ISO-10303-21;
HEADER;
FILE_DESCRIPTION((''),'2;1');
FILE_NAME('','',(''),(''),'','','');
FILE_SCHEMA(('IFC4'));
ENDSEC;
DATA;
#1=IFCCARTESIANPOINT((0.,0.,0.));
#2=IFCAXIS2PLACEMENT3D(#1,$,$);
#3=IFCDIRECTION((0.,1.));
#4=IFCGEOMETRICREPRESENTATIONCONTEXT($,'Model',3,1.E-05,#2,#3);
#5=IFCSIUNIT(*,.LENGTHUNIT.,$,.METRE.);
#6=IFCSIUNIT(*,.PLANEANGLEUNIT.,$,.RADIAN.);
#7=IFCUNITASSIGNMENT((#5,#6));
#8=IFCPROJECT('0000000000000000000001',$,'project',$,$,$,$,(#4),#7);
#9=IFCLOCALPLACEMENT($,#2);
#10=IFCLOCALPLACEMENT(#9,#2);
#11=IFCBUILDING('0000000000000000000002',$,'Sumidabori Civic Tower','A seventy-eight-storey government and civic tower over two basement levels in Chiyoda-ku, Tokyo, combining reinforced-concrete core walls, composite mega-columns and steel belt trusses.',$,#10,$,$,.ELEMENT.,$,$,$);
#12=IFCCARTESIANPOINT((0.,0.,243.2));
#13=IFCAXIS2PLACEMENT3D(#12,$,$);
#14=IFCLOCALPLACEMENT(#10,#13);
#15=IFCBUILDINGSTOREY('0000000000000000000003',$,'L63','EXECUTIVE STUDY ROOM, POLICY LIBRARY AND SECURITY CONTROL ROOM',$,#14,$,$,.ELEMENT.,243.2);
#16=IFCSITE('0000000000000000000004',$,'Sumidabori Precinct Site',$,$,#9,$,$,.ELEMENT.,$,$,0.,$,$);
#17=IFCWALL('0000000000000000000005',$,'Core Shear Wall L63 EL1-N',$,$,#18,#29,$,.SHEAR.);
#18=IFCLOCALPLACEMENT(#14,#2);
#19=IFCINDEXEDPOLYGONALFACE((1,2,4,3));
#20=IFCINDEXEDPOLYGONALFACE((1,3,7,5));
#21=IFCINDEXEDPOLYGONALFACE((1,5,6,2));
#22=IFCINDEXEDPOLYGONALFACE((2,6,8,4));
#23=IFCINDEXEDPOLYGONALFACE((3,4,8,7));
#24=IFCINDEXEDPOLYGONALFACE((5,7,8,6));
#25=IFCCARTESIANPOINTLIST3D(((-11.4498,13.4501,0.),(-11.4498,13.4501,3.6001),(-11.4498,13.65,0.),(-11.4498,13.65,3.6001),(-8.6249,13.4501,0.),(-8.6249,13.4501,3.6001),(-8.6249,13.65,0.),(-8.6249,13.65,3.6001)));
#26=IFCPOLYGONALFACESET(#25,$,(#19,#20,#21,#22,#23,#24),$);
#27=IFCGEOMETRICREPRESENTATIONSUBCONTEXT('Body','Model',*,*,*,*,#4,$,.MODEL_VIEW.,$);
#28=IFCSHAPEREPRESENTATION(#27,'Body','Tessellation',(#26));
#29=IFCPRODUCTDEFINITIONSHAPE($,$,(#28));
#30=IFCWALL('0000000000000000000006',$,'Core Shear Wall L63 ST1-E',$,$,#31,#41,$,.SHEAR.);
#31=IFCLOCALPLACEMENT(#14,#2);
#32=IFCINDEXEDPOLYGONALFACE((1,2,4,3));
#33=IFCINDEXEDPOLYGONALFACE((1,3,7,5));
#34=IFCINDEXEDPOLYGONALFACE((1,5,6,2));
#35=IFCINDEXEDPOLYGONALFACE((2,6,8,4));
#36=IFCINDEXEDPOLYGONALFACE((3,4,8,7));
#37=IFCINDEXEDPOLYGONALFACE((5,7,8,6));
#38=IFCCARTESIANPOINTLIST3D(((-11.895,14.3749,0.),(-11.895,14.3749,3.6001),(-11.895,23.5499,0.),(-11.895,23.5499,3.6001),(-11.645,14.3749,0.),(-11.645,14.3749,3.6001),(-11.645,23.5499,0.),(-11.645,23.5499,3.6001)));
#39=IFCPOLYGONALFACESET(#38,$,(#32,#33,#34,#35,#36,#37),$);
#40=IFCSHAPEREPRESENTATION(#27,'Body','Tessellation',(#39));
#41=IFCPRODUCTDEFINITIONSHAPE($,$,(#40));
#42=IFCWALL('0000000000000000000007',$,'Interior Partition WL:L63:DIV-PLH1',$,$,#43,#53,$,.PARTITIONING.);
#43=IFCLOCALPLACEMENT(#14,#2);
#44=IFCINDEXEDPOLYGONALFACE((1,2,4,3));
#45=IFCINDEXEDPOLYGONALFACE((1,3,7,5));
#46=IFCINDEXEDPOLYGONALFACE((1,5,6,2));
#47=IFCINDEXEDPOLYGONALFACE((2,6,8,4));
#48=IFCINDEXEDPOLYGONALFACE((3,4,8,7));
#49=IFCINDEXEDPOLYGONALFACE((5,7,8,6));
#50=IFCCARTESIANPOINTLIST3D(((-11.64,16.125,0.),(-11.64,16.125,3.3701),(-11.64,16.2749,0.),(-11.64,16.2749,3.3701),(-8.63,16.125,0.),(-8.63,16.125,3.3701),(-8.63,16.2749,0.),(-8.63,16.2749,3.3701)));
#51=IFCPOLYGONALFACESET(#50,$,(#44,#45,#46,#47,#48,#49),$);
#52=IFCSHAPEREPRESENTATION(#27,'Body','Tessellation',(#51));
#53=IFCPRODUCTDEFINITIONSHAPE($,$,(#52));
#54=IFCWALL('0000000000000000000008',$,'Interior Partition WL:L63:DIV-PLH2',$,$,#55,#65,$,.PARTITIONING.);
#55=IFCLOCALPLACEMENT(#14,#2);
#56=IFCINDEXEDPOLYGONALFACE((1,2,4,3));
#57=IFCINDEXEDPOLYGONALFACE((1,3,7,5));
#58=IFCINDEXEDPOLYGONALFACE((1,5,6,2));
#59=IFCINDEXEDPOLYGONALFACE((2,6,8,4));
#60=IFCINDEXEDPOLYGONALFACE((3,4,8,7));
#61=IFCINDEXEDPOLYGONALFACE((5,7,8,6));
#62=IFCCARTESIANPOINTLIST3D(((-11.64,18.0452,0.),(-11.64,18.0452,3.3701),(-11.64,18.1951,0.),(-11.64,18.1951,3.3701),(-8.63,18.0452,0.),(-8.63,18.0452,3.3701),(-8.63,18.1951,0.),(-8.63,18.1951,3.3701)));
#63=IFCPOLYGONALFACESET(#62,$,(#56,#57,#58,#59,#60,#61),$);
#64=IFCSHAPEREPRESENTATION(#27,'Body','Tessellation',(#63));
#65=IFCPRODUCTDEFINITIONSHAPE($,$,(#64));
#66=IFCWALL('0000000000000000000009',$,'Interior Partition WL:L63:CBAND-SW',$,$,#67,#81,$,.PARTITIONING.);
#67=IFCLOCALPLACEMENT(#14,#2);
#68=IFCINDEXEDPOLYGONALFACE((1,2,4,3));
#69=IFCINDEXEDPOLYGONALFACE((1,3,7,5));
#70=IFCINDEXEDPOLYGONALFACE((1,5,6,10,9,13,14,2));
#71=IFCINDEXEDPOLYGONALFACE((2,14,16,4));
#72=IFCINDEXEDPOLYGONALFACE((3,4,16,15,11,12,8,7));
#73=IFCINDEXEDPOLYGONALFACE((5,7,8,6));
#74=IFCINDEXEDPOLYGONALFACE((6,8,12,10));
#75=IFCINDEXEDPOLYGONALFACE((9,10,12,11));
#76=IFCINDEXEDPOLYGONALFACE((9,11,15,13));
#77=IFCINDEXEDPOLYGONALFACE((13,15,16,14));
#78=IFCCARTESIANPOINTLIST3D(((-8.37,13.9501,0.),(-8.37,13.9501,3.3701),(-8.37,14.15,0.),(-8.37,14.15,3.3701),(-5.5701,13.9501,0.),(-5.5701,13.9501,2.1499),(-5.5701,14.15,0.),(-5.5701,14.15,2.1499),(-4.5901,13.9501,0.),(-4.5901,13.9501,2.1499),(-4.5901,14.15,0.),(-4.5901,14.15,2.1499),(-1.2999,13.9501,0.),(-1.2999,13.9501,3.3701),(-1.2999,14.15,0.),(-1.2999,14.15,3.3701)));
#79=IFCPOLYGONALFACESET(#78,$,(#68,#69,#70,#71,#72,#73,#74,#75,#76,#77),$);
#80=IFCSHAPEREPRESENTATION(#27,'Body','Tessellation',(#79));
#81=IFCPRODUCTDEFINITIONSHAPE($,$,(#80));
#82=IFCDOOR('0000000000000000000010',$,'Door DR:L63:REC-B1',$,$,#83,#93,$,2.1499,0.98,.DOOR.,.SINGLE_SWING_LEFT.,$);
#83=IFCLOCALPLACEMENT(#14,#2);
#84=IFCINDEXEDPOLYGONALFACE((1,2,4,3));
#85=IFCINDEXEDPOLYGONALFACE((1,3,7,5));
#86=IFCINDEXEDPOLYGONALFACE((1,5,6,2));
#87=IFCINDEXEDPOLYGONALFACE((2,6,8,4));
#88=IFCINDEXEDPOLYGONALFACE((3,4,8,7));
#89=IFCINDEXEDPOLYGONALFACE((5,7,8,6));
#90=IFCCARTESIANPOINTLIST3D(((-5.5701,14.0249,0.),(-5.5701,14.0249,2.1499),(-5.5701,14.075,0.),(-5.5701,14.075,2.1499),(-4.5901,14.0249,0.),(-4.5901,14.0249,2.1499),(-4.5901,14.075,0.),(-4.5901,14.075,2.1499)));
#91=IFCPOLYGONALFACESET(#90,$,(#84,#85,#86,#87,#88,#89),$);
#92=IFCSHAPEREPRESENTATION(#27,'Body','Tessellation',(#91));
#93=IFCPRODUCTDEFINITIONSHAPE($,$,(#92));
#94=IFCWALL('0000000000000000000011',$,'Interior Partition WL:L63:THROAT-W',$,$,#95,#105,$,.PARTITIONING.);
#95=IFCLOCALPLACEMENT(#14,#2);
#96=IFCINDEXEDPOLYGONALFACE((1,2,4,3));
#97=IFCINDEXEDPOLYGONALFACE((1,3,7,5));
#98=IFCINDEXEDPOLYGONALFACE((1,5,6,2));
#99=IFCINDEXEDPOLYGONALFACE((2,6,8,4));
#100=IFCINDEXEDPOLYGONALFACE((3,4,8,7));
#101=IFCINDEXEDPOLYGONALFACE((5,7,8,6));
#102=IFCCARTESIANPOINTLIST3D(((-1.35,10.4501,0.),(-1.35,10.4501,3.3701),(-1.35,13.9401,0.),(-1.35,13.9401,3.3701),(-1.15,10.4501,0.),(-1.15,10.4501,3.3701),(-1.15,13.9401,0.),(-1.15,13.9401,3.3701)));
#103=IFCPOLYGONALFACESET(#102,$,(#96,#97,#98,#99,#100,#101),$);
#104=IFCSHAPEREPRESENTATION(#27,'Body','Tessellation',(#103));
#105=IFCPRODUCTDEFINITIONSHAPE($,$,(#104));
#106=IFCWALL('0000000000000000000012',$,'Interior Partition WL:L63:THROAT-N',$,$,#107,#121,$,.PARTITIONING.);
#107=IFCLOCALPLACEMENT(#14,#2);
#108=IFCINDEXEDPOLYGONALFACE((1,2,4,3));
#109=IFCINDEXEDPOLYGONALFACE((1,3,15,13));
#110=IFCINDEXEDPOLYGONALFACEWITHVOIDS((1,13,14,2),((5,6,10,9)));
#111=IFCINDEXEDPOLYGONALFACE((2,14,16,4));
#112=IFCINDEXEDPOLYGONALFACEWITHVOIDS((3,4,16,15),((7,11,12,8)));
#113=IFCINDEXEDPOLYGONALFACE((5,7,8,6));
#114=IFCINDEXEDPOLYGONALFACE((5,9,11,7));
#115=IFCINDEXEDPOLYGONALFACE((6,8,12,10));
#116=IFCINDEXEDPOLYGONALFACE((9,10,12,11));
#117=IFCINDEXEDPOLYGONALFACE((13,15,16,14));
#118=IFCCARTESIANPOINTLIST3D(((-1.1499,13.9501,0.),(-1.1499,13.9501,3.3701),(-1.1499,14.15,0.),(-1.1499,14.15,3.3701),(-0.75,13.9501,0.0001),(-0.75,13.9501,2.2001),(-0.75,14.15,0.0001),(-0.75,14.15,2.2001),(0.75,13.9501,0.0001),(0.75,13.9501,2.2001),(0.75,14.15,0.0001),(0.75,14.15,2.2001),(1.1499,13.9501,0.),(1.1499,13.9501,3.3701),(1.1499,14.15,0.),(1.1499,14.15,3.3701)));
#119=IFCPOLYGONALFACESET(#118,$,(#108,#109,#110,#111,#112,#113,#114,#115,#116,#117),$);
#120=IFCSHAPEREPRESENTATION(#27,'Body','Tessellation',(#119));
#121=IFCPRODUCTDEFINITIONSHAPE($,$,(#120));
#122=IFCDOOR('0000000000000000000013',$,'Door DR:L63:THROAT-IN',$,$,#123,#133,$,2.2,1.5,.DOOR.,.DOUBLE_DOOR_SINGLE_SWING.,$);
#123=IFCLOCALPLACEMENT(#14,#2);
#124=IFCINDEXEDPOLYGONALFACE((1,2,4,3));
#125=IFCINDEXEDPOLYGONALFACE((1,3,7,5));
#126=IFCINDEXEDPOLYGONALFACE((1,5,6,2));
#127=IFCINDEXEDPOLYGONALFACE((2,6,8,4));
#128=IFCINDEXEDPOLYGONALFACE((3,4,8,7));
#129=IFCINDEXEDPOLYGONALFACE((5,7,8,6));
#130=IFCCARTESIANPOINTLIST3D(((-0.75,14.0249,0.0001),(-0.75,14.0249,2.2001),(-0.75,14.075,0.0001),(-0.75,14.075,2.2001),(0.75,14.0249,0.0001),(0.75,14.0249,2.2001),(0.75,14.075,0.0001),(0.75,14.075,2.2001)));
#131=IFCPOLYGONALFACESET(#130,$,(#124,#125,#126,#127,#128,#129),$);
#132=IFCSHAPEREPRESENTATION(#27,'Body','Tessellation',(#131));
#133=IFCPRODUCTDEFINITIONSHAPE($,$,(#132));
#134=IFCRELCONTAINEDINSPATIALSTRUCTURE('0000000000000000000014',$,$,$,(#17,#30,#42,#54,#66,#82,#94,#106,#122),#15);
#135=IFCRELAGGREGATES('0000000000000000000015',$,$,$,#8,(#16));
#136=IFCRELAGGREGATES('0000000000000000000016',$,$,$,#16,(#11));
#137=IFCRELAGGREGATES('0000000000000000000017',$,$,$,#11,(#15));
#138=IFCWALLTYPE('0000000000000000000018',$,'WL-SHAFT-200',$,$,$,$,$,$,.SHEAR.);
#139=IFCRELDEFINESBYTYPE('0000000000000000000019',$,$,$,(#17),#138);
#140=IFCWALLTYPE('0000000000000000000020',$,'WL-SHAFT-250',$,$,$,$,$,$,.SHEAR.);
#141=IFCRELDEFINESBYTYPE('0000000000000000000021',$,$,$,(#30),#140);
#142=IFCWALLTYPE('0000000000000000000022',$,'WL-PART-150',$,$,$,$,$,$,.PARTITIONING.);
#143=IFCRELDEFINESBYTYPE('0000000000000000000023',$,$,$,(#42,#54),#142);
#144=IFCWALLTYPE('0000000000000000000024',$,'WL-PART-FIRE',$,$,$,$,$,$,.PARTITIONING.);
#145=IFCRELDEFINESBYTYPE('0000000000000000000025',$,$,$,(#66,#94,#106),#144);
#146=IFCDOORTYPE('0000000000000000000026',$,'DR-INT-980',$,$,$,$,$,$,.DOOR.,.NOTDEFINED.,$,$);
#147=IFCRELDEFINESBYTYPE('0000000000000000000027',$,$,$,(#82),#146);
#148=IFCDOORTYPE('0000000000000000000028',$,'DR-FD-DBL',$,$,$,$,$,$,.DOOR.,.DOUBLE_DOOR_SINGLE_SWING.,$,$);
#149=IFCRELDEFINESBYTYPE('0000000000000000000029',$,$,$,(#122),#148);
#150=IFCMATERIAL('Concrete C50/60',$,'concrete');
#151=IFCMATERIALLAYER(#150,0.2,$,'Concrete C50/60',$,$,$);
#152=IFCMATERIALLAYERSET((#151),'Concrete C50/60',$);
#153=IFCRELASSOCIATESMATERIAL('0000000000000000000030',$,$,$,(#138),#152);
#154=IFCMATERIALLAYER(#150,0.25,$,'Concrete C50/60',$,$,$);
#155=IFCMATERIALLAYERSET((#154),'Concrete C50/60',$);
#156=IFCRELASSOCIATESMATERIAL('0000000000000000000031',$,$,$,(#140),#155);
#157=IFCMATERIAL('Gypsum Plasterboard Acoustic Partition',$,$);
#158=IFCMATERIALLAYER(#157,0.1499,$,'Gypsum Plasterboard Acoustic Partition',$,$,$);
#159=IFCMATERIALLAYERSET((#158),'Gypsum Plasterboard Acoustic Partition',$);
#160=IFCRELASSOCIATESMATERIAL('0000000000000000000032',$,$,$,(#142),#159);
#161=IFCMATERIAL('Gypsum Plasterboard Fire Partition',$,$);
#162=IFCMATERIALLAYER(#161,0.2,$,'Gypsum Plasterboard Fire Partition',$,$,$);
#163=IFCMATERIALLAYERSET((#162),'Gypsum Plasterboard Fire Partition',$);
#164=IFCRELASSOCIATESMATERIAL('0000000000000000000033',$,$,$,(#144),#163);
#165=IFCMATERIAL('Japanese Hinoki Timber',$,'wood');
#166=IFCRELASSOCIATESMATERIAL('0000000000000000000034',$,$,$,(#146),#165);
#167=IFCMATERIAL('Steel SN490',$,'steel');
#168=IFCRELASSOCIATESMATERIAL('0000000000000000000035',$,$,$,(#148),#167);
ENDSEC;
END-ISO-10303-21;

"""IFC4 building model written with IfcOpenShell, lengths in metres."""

from ifc_helpers import new_model, si_unit, direction, frame, frame_2d, origin, place, context, subcontext, project, spatial, rectangle, extrude, source, transform, mapped, material, layer, layer_set, type_object, element, fill, save


model = new_model("IFC4")

# Units and contexts
model_context = context("Model", 3, precision=1e-05, world=origin(), true_north=direction((0.0, 1.0)))
body_context = subcontext(model_context, "Body", "Model", "MODEL_VIEW")
ifc_project = project(units=[si_unit("LENGTHUNIT", "METRE"), si_unit("PLANEANGLEUNIT", "RADIAN")], contexts=[model_context])

# Site, building, storey
site_placement = place(None, origin())
site = spatial("IfcSite", under=ifc_project, at=site_placement, Name="Sumidabori Precinct Site", CompositionType="ELEMENT", RefElevation=0.0)
building_placement = place(site_placement, origin())
building = spatial("IfcBuilding", under=site, at=building_placement, Name="Sumidabori Civic Tower", Description="A seventy-eight-storey government and civic tower over two basement levels in Chiyoda-ku, Tokyo, combining reinforced-concrete core walls, composite mega-columns and steel belt trusses.", CompositionType="ELEMENT")
storey_placement = place(building_placement, frame((0.0, 0.0, 243.2)))
storey = spatial("IfcBuildingStorey", under=building, at=storey_placement, Name="L63", Description="EXECUTIVE STUDY ROOM, POLICY LIBRARY AND SECURITY CONTROL ROOM", CompositionType="ELEMENT", Elevation=243.2)

# Wall
ifc_material_1 = material(Name="Concrete C50/60", Category="concrete")
ifc_layer_1 = layer(ifc_material_1, 0.2, Name="Concrete C50/60")
ifc_layer_set_1 = layer_set([ifc_layer_1], Name="Concrete C50/60")
wall_type_1 = type_object("IfcWallType", Name="WL-SHAFT-200", PredefinedType="SHEAR", material=ifc_layer_set_1)
shared_shape_1 = source(origin(), body_context, "Body", "SweptSolid", [
    extrude(rectangle(XDim=2.825, YDim=0.2, at=frame_2d((1.4126, 0.0))), origin(), (0.0, 0.0, 1.0), 3.6001),
])
wall_1_placement = place(storey_placement, frame((-11.45, 13.55, 0.0), z_axis=(0.0, 0.0, 1.0), x_axis=(1.0, 0.0, 0.0)))
element("IfcWall", 1, at=wall_1_placement, inside=storey, type_object=wall_type_1, Name="Core Shear Wall L63 EL1-N", PredefinedType="SHEAR", context=body_context, shape_type="MappedRepresentation", body=[
    mapped(shared_shape_1, transform((0.0, 0.0, 0.0), x_axis=(1.0, 0.0, 0.0), y_axis=(0.0, 1.0, 0.0), z_axis=(0.0, 0.0, 1.0), scale=1.0)),
])

# Shared definitions
ifc_layer_2 = layer(ifc_material_1, 0.25, Name="Concrete C50/60")
ifc_layer_set_2 = layer_set([ifc_layer_2], Name="Concrete C50/60")
wall_type_2 = type_object("IfcWallType", Name="WL-SHAFT-250", PredefinedType="SHEAR", material=ifc_layer_set_2)

# Wall
shared_shape_2 = source(origin(), body_context, "Body", "SweptSolid", [
    extrude(rectangle(XDim=9.175, YDim=0.25, at=frame_2d((4.5874, 0.0))), origin(), (0.0, 0.0, 1.0), 3.6001),
])
wall_2_placement = place(storey_placement, frame((-11.77, 14.375, 0.0), z_axis=(0.0, 0.0, 1.0), x_axis=(0.0, 1.0, 0.0)))
element("IfcWall", 2, at=wall_2_placement, inside=storey, type_object=wall_type_2, Name="Core Shear Wall L63 ST1-E", PredefinedType="SHEAR", context=body_context, shape_type="MappedRepresentation", body=[
    mapped(shared_shape_2, transform((0.0, 0.0, 0.0), x_axis=(1.0, 0.0, 0.0), y_axis=(0.0, 1.0, 0.0), z_axis=(0.0, 0.0, 1.0), scale=1.0)),
])

# Walls
ifc_material_2 = material(Name="Gypsum Plasterboard Acoustic Partition")
ifc_layer_3 = layer(ifc_material_2, 0.1499, Name="Gypsum Plasterboard Acoustic Partition")
ifc_layer_set_3 = layer_set([ifc_layer_3], Name="Gypsum Plasterboard Acoustic Partition")
wall_type_3 = type_object("IfcWallType", Name="WL-PART-150", PredefinedType="PARTITIONING", material=ifc_layer_set_3)
shared_shape_3 = source(origin(), body_context, "Body", "SweptSolid", [
    extrude(rectangle(XDim=3.01, YDim=0.1499, at=frame_2d((1.5049, 0.0))), origin(), (0.0, 0.0, 1.0), 3.3701),
])
for number, where, z_axis, x_axis, name in (
    (3, (-11.6399, 16.2, 0.0), (0.0, 0.0, 1.0), (1.0, 0.0, 0.0), "Interior Partition WL:L63:DIV-PLH1"),
    (4, (-11.6399, 18.1201, 0.0), (0.0, 0.0, 1.0), (1.0, 0.0, 0.0), "Interior Partition WL:L63:DIV-PLH2"),
):
    element("IfcWall", number, at=place(storey_placement, frame(where, z_axis=z_axis, x_axis=x_axis)), inside=storey, type_object=wall_type_3, Name=name, PredefinedType="PARTITIONING", context=body_context, shape_type="MappedRepresentation", body=[
        mapped(shared_shape_3, transform((0.0, 0.0, 0.0), x_axis=(1.0, 0.0, 0.0), y_axis=(0.0, 1.0, 0.0), z_axis=(0.0, 0.0, 1.0), scale=1.0)),
    ])

# Wall, opening, door
ifc_material_3 = material(Name="Gypsum Plasterboard Fire Partition")
ifc_layer_4 = layer(ifc_material_3, 0.2, Name="Gypsum Plasterboard Fire Partition")
ifc_layer_set_4 = layer_set([ifc_layer_4], Name="Gypsum Plasterboard Fire Partition")
wall_type_4 = type_object("IfcWallType", Name="WL-PART-FIRE", PredefinedType="PARTITIONING", material=ifc_layer_set_4)
shared_shape_4 = source(origin(), body_context, "Body", "SweptSolid", [
    extrude(rectangle(XDim=7.0701, YDim=0.2, at=frame_2d((3.5352, 0.0))), origin(), (0.0, 0.0, 1.0), 3.3701),
])
wall_3_placement = place(storey_placement, frame((-8.3701, 14.05, 0.0), z_axis=(0.0, 0.0, 1.0), x_axis=(1.0, 0.0, 0.0)))
wall_3 = element("IfcWall", 5, at=wall_3_placement, inside=storey, type_object=wall_type_4, Name="Interior Partition WL:L63:CBAND-SW", PredefinedType="PARTITIONING", context=body_context, shape_type="MappedRepresentation", body=[
    mapped(shared_shape_4, transform((0.0, 0.0, 0.0), x_axis=(1.0, 0.0, 0.0), y_axis=(0.0, 1.0, 0.0), z_axis=(0.0, 0.0, 1.0), scale=1.0)),
])
opening_1_placement = place(wall_3_placement, frame((2.8, 0.0, 0.0)))
opening_1 = element("IfcOpeningElement", 6, at=opening_1_placement, cuts=wall_3, PredefinedType="OPENING", context=body_context, shape_type="SweptSolid", body=[
    extrude(rectangle(XDim=0.98, YDim=2.1499, at=frame_2d((0.49, 1.075))), frame((0.0, 0.1118, 0.0), z_axis=(0.0, -1.0, 0.0), x_axis=(1.0, 0.0, 0.0)), (0.0, 0.0, 1.0), 0.2239),
])
ifc_material_4 = material(Name="Japanese Hinoki Timber", Category="wood")
door_type_1 = type_object("IfcDoorType", Name="DR-INT-980", OperationType="NOTDEFINED", PredefinedType="DOOR", material=ifc_material_4)
shared_shape_5 = source(origin(), body_context, "Body", "SweptSolid", [
    extrude(rectangle(XDim=0.98, YDim=2.1499, at=frame_2d((0.49, 1.075))), frame((0.0, 0.0249, 0.0), z_axis=(0.0, -1.0, 0.0), x_axis=(1.0, 0.0, 0.0)), (0.0, 0.0, 1.0), 0.05),
])
door_1_placement = place(opening_1_placement, origin())
door_1 = element("IfcDoor", 7, at=door_1_placement, inside=storey, type_object=door_type_1, Name="Door DR:L63:REC-B1", OperationType="SINGLE_SWING_LEFT", OverallHeight=2.1499, OverallWidth=0.98, PredefinedType="DOOR", context=body_context, shape_type="MappedRepresentation", body=[
    mapped(shared_shape_5, transform((0.0, 0.0, 0.0), x_axis=(1.0, 0.0, 0.0), y_axis=(0.0, 1.0, 0.0), z_axis=(0.0, 0.0, 1.0), scale=1.0)),
])
fill(opening_1, door_1)

# Wall
shared_shape_6 = source(origin(), body_context, "Body", "SweptSolid", [
    extrude(rectangle(XDim=3.49, YDim=0.2, at=frame_2d((1.7451, 0.0))), origin(), (0.0, 0.0, 1.0), 3.3701),
])
wall_4_placement = place(storey_placement, frame((-1.25, 10.45, 0.0), z_axis=(0.0, 0.0, 1.0), x_axis=(0.0, 1.0, 0.0)))
element("IfcWall", 8, at=wall_4_placement, inside=storey, type_object=wall_type_4, Name="Interior Partition WL:L63:THROAT-W", PredefinedType="PARTITIONING", context=body_context, shape_type="MappedRepresentation", body=[
    mapped(shared_shape_6, transform((0.0, 0.0, 0.0), x_axis=(1.0, 0.0, 0.0), y_axis=(0.0, 1.0, 0.0), z_axis=(0.0, 0.0, 1.0), scale=1.0)),
])

# Wall, opening, door
shared_shape_7 = source(origin(), body_context, "Body", "SweptSolid", [
    extrude(rectangle(XDim=2.2998, YDim=0.2, at=frame_2d((1.1499, 0.0))), origin(), (0.0, 0.0, 1.0), 3.3701),
])
wall_5_placement = place(storey_placement, frame((-1.1499, 14.05, 0.0), z_axis=(0.0, 0.0, 1.0), x_axis=(1.0, 0.0, 0.0)))
wall_5 = element("IfcWall", 9, at=wall_5_placement, inside=storey, type_object=wall_type_4, Name="Interior Partition WL:L63:THROAT-N", PredefinedType="PARTITIONING", context=body_context, shape_type="MappedRepresentation", body=[
    mapped(shared_shape_7, transform((0.0, 0.0, 0.0), x_axis=(1.0, 0.0, 0.0), y_axis=(0.0, 1.0, 0.0), z_axis=(0.0, 0.0, 1.0), scale=1.0)),
])
opening_2_placement = place(wall_5_placement, frame((0.3999, 0.0, 0.0)))
opening_2 = element("IfcOpeningElement", 10, at=opening_2_placement, cuts=wall_5, PredefinedType="OPENING", context=body_context, shape_type="SweptSolid", body=[
    extrude(rectangle(XDim=1.5, YDim=2.2, at=frame_2d((0.75, 1.1001))), frame((0.0, 0.1118, 0.0), z_axis=(0.0, -1.0, 0.0), x_axis=(1.0, 0.0, 0.0)), (0.0, 0.0, 1.0), 0.2239),
])
ifc_material_5 = material(Name="Steel SN490", Category="steel")
door_type_2 = type_object("IfcDoorType", Name="DR-FD-DBL", OperationType="DOUBLE_DOOR_SINGLE_SWING", PredefinedType="DOOR", material=ifc_material_5)
shared_shape_8 = source(origin(), body_context, "Body", "SweptSolid", [
    extrude(rectangle(XDim=1.5, YDim=2.2, at=frame_2d((0.75, 1.1001))), frame((0.0, 0.0249, 0.0), z_axis=(0.0, -1.0, 0.0), x_axis=(1.0, 0.0, 0.0)), (0.0, 0.0, 1.0), 0.05),
])
door_2_placement = place(opening_2_placement, origin())
door_2 = element("IfcDoor", 11, at=door_2_placement, inside=storey, type_object=door_type_2, Name="Door DR:L63:THROAT-IN", OperationType="DOUBLE_DOOR_SINGLE_SWING", OverallHeight=2.2, OverallWidth=1.5, PredefinedType="DOOR", context=body_context, shape_type="MappedRepresentation", body=[
    mapped(shared_shape_8, transform((0.0, 0.0, 0.0), x_axis=(1.0, 0.0, 0.0), y_axis=(0.0, 1.0, 0.0), z_axis=(0.0, 0.0, 1.0), scale=1.0)),
])
fill(opening_2, door_2)

save(model, "model.ifc")
